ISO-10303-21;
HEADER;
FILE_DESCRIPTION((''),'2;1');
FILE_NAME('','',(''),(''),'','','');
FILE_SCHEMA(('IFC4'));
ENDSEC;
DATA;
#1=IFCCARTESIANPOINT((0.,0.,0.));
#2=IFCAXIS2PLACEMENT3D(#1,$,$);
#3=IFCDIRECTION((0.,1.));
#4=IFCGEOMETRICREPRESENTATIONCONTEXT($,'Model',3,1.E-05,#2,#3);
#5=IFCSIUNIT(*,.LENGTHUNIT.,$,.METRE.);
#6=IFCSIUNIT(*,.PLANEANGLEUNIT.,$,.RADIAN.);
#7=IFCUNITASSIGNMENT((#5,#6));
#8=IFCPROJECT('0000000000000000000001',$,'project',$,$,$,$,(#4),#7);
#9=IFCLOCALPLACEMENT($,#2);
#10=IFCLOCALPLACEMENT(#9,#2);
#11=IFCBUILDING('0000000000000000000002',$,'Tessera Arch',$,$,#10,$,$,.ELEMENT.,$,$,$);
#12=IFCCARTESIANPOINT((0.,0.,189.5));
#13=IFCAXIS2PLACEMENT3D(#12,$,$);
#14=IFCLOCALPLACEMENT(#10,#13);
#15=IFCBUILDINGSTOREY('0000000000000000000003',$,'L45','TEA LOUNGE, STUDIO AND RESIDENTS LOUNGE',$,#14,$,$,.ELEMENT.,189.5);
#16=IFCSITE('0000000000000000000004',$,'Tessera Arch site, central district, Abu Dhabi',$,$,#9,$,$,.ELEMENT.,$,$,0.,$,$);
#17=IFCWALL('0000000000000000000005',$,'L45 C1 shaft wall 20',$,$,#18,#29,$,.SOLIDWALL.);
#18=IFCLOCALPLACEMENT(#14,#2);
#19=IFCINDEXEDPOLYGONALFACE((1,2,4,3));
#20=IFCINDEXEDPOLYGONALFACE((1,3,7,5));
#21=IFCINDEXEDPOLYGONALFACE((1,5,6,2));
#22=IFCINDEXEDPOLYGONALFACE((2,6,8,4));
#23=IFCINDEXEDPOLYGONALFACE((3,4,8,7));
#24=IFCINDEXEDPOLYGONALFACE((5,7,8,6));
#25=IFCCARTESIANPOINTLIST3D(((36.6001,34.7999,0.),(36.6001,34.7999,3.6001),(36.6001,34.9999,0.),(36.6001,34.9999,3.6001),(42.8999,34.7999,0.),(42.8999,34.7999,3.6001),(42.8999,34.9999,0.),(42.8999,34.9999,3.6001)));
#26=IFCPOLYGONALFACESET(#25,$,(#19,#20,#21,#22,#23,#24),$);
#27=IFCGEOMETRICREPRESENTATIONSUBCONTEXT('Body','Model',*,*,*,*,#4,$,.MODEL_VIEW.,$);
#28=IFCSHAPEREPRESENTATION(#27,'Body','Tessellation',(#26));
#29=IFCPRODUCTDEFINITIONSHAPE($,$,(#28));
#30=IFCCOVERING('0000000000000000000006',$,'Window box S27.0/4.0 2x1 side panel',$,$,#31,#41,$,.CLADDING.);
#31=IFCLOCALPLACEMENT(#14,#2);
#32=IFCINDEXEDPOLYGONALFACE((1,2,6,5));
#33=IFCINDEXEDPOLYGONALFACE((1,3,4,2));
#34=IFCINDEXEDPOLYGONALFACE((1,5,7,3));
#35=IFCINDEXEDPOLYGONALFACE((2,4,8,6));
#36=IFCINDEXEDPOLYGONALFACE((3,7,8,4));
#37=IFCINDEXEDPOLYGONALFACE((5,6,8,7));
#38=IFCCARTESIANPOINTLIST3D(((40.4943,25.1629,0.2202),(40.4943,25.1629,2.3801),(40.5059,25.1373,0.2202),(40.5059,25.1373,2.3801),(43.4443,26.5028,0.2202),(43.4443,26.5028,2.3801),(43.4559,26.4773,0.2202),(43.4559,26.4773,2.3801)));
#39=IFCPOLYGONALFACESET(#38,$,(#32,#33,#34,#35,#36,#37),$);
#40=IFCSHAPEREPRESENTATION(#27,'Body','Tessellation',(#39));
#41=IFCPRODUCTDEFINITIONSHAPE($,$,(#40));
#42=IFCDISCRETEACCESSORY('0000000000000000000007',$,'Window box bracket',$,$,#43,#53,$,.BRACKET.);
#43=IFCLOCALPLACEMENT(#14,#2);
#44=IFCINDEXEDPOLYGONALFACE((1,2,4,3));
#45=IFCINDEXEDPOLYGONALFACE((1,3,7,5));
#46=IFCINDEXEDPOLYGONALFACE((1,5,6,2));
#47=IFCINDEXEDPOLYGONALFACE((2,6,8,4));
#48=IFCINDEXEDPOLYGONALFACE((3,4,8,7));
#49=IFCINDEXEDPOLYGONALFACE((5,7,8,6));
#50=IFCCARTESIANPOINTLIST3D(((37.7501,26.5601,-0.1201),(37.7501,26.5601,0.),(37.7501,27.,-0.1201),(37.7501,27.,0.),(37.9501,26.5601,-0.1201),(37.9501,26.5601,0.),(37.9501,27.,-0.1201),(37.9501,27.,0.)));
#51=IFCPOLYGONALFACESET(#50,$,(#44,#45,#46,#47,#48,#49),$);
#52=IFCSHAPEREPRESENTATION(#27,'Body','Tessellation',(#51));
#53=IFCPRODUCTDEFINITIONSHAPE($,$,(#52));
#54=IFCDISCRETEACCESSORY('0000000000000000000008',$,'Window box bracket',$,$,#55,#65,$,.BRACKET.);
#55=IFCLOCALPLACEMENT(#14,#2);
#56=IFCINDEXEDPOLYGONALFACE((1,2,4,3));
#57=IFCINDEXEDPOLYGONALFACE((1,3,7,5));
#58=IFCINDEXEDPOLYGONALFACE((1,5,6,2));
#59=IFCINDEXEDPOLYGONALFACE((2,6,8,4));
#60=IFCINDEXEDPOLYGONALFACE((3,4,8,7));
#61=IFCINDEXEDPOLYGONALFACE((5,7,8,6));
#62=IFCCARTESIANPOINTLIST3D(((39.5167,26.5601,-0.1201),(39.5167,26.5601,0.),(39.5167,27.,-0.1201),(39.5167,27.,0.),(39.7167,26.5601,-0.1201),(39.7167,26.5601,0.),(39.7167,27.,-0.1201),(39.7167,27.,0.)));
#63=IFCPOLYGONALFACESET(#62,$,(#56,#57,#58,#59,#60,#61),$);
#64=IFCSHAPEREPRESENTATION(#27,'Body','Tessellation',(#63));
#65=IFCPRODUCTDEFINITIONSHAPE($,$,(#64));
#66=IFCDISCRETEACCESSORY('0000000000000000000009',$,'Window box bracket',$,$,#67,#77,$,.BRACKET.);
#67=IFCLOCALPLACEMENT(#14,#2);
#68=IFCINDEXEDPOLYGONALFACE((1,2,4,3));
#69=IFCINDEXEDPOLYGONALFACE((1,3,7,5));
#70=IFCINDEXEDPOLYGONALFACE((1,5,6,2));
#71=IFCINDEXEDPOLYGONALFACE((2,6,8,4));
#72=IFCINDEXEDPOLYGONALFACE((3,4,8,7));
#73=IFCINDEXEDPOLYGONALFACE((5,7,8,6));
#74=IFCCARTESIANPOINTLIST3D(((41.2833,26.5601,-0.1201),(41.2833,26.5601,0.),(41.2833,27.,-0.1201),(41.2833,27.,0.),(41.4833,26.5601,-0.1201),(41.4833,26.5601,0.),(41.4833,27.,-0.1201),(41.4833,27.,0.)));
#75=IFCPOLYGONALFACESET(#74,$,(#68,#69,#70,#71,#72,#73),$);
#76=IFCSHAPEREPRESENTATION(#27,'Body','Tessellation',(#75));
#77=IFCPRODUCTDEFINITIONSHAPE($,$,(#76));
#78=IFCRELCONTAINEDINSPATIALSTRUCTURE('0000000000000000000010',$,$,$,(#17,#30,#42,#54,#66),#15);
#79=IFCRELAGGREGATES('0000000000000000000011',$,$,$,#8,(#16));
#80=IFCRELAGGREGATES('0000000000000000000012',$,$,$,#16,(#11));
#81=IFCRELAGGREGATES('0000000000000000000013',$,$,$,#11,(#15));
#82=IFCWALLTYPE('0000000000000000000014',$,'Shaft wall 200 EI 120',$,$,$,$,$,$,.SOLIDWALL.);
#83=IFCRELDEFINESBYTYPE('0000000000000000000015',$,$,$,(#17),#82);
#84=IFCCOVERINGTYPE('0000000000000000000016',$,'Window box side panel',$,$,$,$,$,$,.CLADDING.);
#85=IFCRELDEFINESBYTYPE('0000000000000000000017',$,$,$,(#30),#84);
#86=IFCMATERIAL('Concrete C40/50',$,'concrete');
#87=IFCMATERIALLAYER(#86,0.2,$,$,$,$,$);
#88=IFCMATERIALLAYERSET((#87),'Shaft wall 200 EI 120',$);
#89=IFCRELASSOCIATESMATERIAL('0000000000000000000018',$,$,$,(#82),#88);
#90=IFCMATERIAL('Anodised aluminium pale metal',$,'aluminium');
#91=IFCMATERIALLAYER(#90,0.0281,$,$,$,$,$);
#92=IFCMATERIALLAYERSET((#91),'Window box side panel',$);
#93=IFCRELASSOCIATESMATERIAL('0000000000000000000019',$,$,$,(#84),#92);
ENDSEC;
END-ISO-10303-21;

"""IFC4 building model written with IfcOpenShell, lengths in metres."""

from ifc_helpers import new_model, si_unit, direction, frame, frame_2d, origin, origin_2d, place, context, subcontext, project, spatial, rectangle, extrude, material, layer, layer_set, type_object, element, save


model = new_model("IFC4")

# Units and contexts
model_context = context("Model", 3, precision=1e-05, world=origin(), true_north=direction((0.0, 1.0)))
body_context = subcontext(model_context, "Body", "Model", "MODEL_VIEW")
ifc_project = project(units=[si_unit("LENGTHUNIT", "METRE"), si_unit("PLANEANGLEUNIT", "RADIAN")], contexts=[model_context])

# Site, building, storey
site_placement = place(None, origin())
site = spatial("IfcSite", under=ifc_project, at=site_placement, Name="Tessera Arch site, central district, Abu Dhabi", CompositionType="ELEMENT", RefElevation=0.0)
building_placement = place(site_placement, origin())
building = spatial("IfcBuilding", under=site, at=building_placement, Name="Tessera Arch", CompositionType="ELEMENT")
storey_placement = place(building_placement, frame((0.0, 0.0, 189.5)))
storey = spatial("IfcBuildingStorey", under=building, at=storey_placement, Name="L45", Description="TEA LOUNGE, STUDIO AND RESIDENTS LOUNGE", CompositionType="ELEMENT", Elevation=189.5)

# Wall
ifc_material_1 = material(Name="Concrete C40/50", Category="concrete")
ifc_layer_1 = layer(ifc_material_1, 0.2)
ifc_layer_set_1 = layer_set([ifc_layer_1], Name="Shaft wall 200 EI 120")
wall_type = type_object("IfcWallType", Name="Shaft wall 200 EI 120", PredefinedType="SOLIDWALL", material=ifc_layer_set_1)
wall_1_placement = place(storey_placement, frame((36.6001, 34.8999, 0.0), z_axis=(0.0, 0.0, 1.0), x_axis=(1.0, 0.0, 0.0)))
element("IfcWall", 1, at=wall_1_placement, inside=storey, type_object=wall_type, Name="L45 C1 shaft wall 20", PredefinedType="SOLIDWALL", context=body_context, shape_type="SweptSolid", body=[
    extrude(rectangle(XDim=6.2998, YDim=0.2, at=frame_2d((3.1499, 0.0))), origin(), (0.0, 0.0, 1.0), 3.6001),
])

# Covering
ifc_material_2 = material(Name="Anodised aluminium pale metal", Category="aluminium")
ifc_layer_2 = layer(ifc_material_2, 0.0281)
ifc_layer_set_2 = layer_set([ifc_layer_2], Name="Window box side panel")
covering_type = type_object("IfcCoveringType", Name="Window box side panel", PredefinedType="CLADDING", material=ifc_layer_set_2)
covering_placement = place(storey_placement, frame((41.9751, 25.8201, 0.2202), z_axis=(0.0, 0.0, 1.0), x_axis=(-0.910472, -0.41357, 0.0)))
element("IfcCovering", 2, at=covering_placement, inside=storey, type_object=covering_type, Name="Window box S27.0/4.0 2x1 side panel", PredefinedType="CLADDING", context=body_context, shape_type="SweptSolid", body=[
    extrude(rectangle(XDim=3.24, YDim=0.0281, at=origin_2d()), origin(), (0.0, 0.0, 1.0), 2.1599),
])

# Discrete accessories
for number, where, z_axis, x_axis, name in (
    (3, (37.8501, 26.78, -0.1201), (0.0, 0.0, 1.0), (0.0, -1.0, 0.0), "Window box bracket"),
    (4, (39.6167, 26.78, -0.1201), (0.0, 0.0, 1.0), (0.0, -1.0, 0.0), "Window box bracket"),
    (5, (41.3833, 26.78, -0.1201), (0.0, 0.0, 1.0), (0.0, -1.0, 0.0), "Window box bracket"),
):
    element("IfcDiscreteAccessory", number, at=place(storey_placement, frame(where, z_axis=z_axis, x_axis=x_axis)), inside=storey, Name=name, PredefinedType="BRACKET", context=body_context, shape_type="SweptSolid", body=[
        extrude(rectangle(XDim=0.4399, YDim=0.2, at=origin_2d()), origin(), (0.0, 0.0, 1.0), 0.1201),
    ])

save(model, "model.ifc")
